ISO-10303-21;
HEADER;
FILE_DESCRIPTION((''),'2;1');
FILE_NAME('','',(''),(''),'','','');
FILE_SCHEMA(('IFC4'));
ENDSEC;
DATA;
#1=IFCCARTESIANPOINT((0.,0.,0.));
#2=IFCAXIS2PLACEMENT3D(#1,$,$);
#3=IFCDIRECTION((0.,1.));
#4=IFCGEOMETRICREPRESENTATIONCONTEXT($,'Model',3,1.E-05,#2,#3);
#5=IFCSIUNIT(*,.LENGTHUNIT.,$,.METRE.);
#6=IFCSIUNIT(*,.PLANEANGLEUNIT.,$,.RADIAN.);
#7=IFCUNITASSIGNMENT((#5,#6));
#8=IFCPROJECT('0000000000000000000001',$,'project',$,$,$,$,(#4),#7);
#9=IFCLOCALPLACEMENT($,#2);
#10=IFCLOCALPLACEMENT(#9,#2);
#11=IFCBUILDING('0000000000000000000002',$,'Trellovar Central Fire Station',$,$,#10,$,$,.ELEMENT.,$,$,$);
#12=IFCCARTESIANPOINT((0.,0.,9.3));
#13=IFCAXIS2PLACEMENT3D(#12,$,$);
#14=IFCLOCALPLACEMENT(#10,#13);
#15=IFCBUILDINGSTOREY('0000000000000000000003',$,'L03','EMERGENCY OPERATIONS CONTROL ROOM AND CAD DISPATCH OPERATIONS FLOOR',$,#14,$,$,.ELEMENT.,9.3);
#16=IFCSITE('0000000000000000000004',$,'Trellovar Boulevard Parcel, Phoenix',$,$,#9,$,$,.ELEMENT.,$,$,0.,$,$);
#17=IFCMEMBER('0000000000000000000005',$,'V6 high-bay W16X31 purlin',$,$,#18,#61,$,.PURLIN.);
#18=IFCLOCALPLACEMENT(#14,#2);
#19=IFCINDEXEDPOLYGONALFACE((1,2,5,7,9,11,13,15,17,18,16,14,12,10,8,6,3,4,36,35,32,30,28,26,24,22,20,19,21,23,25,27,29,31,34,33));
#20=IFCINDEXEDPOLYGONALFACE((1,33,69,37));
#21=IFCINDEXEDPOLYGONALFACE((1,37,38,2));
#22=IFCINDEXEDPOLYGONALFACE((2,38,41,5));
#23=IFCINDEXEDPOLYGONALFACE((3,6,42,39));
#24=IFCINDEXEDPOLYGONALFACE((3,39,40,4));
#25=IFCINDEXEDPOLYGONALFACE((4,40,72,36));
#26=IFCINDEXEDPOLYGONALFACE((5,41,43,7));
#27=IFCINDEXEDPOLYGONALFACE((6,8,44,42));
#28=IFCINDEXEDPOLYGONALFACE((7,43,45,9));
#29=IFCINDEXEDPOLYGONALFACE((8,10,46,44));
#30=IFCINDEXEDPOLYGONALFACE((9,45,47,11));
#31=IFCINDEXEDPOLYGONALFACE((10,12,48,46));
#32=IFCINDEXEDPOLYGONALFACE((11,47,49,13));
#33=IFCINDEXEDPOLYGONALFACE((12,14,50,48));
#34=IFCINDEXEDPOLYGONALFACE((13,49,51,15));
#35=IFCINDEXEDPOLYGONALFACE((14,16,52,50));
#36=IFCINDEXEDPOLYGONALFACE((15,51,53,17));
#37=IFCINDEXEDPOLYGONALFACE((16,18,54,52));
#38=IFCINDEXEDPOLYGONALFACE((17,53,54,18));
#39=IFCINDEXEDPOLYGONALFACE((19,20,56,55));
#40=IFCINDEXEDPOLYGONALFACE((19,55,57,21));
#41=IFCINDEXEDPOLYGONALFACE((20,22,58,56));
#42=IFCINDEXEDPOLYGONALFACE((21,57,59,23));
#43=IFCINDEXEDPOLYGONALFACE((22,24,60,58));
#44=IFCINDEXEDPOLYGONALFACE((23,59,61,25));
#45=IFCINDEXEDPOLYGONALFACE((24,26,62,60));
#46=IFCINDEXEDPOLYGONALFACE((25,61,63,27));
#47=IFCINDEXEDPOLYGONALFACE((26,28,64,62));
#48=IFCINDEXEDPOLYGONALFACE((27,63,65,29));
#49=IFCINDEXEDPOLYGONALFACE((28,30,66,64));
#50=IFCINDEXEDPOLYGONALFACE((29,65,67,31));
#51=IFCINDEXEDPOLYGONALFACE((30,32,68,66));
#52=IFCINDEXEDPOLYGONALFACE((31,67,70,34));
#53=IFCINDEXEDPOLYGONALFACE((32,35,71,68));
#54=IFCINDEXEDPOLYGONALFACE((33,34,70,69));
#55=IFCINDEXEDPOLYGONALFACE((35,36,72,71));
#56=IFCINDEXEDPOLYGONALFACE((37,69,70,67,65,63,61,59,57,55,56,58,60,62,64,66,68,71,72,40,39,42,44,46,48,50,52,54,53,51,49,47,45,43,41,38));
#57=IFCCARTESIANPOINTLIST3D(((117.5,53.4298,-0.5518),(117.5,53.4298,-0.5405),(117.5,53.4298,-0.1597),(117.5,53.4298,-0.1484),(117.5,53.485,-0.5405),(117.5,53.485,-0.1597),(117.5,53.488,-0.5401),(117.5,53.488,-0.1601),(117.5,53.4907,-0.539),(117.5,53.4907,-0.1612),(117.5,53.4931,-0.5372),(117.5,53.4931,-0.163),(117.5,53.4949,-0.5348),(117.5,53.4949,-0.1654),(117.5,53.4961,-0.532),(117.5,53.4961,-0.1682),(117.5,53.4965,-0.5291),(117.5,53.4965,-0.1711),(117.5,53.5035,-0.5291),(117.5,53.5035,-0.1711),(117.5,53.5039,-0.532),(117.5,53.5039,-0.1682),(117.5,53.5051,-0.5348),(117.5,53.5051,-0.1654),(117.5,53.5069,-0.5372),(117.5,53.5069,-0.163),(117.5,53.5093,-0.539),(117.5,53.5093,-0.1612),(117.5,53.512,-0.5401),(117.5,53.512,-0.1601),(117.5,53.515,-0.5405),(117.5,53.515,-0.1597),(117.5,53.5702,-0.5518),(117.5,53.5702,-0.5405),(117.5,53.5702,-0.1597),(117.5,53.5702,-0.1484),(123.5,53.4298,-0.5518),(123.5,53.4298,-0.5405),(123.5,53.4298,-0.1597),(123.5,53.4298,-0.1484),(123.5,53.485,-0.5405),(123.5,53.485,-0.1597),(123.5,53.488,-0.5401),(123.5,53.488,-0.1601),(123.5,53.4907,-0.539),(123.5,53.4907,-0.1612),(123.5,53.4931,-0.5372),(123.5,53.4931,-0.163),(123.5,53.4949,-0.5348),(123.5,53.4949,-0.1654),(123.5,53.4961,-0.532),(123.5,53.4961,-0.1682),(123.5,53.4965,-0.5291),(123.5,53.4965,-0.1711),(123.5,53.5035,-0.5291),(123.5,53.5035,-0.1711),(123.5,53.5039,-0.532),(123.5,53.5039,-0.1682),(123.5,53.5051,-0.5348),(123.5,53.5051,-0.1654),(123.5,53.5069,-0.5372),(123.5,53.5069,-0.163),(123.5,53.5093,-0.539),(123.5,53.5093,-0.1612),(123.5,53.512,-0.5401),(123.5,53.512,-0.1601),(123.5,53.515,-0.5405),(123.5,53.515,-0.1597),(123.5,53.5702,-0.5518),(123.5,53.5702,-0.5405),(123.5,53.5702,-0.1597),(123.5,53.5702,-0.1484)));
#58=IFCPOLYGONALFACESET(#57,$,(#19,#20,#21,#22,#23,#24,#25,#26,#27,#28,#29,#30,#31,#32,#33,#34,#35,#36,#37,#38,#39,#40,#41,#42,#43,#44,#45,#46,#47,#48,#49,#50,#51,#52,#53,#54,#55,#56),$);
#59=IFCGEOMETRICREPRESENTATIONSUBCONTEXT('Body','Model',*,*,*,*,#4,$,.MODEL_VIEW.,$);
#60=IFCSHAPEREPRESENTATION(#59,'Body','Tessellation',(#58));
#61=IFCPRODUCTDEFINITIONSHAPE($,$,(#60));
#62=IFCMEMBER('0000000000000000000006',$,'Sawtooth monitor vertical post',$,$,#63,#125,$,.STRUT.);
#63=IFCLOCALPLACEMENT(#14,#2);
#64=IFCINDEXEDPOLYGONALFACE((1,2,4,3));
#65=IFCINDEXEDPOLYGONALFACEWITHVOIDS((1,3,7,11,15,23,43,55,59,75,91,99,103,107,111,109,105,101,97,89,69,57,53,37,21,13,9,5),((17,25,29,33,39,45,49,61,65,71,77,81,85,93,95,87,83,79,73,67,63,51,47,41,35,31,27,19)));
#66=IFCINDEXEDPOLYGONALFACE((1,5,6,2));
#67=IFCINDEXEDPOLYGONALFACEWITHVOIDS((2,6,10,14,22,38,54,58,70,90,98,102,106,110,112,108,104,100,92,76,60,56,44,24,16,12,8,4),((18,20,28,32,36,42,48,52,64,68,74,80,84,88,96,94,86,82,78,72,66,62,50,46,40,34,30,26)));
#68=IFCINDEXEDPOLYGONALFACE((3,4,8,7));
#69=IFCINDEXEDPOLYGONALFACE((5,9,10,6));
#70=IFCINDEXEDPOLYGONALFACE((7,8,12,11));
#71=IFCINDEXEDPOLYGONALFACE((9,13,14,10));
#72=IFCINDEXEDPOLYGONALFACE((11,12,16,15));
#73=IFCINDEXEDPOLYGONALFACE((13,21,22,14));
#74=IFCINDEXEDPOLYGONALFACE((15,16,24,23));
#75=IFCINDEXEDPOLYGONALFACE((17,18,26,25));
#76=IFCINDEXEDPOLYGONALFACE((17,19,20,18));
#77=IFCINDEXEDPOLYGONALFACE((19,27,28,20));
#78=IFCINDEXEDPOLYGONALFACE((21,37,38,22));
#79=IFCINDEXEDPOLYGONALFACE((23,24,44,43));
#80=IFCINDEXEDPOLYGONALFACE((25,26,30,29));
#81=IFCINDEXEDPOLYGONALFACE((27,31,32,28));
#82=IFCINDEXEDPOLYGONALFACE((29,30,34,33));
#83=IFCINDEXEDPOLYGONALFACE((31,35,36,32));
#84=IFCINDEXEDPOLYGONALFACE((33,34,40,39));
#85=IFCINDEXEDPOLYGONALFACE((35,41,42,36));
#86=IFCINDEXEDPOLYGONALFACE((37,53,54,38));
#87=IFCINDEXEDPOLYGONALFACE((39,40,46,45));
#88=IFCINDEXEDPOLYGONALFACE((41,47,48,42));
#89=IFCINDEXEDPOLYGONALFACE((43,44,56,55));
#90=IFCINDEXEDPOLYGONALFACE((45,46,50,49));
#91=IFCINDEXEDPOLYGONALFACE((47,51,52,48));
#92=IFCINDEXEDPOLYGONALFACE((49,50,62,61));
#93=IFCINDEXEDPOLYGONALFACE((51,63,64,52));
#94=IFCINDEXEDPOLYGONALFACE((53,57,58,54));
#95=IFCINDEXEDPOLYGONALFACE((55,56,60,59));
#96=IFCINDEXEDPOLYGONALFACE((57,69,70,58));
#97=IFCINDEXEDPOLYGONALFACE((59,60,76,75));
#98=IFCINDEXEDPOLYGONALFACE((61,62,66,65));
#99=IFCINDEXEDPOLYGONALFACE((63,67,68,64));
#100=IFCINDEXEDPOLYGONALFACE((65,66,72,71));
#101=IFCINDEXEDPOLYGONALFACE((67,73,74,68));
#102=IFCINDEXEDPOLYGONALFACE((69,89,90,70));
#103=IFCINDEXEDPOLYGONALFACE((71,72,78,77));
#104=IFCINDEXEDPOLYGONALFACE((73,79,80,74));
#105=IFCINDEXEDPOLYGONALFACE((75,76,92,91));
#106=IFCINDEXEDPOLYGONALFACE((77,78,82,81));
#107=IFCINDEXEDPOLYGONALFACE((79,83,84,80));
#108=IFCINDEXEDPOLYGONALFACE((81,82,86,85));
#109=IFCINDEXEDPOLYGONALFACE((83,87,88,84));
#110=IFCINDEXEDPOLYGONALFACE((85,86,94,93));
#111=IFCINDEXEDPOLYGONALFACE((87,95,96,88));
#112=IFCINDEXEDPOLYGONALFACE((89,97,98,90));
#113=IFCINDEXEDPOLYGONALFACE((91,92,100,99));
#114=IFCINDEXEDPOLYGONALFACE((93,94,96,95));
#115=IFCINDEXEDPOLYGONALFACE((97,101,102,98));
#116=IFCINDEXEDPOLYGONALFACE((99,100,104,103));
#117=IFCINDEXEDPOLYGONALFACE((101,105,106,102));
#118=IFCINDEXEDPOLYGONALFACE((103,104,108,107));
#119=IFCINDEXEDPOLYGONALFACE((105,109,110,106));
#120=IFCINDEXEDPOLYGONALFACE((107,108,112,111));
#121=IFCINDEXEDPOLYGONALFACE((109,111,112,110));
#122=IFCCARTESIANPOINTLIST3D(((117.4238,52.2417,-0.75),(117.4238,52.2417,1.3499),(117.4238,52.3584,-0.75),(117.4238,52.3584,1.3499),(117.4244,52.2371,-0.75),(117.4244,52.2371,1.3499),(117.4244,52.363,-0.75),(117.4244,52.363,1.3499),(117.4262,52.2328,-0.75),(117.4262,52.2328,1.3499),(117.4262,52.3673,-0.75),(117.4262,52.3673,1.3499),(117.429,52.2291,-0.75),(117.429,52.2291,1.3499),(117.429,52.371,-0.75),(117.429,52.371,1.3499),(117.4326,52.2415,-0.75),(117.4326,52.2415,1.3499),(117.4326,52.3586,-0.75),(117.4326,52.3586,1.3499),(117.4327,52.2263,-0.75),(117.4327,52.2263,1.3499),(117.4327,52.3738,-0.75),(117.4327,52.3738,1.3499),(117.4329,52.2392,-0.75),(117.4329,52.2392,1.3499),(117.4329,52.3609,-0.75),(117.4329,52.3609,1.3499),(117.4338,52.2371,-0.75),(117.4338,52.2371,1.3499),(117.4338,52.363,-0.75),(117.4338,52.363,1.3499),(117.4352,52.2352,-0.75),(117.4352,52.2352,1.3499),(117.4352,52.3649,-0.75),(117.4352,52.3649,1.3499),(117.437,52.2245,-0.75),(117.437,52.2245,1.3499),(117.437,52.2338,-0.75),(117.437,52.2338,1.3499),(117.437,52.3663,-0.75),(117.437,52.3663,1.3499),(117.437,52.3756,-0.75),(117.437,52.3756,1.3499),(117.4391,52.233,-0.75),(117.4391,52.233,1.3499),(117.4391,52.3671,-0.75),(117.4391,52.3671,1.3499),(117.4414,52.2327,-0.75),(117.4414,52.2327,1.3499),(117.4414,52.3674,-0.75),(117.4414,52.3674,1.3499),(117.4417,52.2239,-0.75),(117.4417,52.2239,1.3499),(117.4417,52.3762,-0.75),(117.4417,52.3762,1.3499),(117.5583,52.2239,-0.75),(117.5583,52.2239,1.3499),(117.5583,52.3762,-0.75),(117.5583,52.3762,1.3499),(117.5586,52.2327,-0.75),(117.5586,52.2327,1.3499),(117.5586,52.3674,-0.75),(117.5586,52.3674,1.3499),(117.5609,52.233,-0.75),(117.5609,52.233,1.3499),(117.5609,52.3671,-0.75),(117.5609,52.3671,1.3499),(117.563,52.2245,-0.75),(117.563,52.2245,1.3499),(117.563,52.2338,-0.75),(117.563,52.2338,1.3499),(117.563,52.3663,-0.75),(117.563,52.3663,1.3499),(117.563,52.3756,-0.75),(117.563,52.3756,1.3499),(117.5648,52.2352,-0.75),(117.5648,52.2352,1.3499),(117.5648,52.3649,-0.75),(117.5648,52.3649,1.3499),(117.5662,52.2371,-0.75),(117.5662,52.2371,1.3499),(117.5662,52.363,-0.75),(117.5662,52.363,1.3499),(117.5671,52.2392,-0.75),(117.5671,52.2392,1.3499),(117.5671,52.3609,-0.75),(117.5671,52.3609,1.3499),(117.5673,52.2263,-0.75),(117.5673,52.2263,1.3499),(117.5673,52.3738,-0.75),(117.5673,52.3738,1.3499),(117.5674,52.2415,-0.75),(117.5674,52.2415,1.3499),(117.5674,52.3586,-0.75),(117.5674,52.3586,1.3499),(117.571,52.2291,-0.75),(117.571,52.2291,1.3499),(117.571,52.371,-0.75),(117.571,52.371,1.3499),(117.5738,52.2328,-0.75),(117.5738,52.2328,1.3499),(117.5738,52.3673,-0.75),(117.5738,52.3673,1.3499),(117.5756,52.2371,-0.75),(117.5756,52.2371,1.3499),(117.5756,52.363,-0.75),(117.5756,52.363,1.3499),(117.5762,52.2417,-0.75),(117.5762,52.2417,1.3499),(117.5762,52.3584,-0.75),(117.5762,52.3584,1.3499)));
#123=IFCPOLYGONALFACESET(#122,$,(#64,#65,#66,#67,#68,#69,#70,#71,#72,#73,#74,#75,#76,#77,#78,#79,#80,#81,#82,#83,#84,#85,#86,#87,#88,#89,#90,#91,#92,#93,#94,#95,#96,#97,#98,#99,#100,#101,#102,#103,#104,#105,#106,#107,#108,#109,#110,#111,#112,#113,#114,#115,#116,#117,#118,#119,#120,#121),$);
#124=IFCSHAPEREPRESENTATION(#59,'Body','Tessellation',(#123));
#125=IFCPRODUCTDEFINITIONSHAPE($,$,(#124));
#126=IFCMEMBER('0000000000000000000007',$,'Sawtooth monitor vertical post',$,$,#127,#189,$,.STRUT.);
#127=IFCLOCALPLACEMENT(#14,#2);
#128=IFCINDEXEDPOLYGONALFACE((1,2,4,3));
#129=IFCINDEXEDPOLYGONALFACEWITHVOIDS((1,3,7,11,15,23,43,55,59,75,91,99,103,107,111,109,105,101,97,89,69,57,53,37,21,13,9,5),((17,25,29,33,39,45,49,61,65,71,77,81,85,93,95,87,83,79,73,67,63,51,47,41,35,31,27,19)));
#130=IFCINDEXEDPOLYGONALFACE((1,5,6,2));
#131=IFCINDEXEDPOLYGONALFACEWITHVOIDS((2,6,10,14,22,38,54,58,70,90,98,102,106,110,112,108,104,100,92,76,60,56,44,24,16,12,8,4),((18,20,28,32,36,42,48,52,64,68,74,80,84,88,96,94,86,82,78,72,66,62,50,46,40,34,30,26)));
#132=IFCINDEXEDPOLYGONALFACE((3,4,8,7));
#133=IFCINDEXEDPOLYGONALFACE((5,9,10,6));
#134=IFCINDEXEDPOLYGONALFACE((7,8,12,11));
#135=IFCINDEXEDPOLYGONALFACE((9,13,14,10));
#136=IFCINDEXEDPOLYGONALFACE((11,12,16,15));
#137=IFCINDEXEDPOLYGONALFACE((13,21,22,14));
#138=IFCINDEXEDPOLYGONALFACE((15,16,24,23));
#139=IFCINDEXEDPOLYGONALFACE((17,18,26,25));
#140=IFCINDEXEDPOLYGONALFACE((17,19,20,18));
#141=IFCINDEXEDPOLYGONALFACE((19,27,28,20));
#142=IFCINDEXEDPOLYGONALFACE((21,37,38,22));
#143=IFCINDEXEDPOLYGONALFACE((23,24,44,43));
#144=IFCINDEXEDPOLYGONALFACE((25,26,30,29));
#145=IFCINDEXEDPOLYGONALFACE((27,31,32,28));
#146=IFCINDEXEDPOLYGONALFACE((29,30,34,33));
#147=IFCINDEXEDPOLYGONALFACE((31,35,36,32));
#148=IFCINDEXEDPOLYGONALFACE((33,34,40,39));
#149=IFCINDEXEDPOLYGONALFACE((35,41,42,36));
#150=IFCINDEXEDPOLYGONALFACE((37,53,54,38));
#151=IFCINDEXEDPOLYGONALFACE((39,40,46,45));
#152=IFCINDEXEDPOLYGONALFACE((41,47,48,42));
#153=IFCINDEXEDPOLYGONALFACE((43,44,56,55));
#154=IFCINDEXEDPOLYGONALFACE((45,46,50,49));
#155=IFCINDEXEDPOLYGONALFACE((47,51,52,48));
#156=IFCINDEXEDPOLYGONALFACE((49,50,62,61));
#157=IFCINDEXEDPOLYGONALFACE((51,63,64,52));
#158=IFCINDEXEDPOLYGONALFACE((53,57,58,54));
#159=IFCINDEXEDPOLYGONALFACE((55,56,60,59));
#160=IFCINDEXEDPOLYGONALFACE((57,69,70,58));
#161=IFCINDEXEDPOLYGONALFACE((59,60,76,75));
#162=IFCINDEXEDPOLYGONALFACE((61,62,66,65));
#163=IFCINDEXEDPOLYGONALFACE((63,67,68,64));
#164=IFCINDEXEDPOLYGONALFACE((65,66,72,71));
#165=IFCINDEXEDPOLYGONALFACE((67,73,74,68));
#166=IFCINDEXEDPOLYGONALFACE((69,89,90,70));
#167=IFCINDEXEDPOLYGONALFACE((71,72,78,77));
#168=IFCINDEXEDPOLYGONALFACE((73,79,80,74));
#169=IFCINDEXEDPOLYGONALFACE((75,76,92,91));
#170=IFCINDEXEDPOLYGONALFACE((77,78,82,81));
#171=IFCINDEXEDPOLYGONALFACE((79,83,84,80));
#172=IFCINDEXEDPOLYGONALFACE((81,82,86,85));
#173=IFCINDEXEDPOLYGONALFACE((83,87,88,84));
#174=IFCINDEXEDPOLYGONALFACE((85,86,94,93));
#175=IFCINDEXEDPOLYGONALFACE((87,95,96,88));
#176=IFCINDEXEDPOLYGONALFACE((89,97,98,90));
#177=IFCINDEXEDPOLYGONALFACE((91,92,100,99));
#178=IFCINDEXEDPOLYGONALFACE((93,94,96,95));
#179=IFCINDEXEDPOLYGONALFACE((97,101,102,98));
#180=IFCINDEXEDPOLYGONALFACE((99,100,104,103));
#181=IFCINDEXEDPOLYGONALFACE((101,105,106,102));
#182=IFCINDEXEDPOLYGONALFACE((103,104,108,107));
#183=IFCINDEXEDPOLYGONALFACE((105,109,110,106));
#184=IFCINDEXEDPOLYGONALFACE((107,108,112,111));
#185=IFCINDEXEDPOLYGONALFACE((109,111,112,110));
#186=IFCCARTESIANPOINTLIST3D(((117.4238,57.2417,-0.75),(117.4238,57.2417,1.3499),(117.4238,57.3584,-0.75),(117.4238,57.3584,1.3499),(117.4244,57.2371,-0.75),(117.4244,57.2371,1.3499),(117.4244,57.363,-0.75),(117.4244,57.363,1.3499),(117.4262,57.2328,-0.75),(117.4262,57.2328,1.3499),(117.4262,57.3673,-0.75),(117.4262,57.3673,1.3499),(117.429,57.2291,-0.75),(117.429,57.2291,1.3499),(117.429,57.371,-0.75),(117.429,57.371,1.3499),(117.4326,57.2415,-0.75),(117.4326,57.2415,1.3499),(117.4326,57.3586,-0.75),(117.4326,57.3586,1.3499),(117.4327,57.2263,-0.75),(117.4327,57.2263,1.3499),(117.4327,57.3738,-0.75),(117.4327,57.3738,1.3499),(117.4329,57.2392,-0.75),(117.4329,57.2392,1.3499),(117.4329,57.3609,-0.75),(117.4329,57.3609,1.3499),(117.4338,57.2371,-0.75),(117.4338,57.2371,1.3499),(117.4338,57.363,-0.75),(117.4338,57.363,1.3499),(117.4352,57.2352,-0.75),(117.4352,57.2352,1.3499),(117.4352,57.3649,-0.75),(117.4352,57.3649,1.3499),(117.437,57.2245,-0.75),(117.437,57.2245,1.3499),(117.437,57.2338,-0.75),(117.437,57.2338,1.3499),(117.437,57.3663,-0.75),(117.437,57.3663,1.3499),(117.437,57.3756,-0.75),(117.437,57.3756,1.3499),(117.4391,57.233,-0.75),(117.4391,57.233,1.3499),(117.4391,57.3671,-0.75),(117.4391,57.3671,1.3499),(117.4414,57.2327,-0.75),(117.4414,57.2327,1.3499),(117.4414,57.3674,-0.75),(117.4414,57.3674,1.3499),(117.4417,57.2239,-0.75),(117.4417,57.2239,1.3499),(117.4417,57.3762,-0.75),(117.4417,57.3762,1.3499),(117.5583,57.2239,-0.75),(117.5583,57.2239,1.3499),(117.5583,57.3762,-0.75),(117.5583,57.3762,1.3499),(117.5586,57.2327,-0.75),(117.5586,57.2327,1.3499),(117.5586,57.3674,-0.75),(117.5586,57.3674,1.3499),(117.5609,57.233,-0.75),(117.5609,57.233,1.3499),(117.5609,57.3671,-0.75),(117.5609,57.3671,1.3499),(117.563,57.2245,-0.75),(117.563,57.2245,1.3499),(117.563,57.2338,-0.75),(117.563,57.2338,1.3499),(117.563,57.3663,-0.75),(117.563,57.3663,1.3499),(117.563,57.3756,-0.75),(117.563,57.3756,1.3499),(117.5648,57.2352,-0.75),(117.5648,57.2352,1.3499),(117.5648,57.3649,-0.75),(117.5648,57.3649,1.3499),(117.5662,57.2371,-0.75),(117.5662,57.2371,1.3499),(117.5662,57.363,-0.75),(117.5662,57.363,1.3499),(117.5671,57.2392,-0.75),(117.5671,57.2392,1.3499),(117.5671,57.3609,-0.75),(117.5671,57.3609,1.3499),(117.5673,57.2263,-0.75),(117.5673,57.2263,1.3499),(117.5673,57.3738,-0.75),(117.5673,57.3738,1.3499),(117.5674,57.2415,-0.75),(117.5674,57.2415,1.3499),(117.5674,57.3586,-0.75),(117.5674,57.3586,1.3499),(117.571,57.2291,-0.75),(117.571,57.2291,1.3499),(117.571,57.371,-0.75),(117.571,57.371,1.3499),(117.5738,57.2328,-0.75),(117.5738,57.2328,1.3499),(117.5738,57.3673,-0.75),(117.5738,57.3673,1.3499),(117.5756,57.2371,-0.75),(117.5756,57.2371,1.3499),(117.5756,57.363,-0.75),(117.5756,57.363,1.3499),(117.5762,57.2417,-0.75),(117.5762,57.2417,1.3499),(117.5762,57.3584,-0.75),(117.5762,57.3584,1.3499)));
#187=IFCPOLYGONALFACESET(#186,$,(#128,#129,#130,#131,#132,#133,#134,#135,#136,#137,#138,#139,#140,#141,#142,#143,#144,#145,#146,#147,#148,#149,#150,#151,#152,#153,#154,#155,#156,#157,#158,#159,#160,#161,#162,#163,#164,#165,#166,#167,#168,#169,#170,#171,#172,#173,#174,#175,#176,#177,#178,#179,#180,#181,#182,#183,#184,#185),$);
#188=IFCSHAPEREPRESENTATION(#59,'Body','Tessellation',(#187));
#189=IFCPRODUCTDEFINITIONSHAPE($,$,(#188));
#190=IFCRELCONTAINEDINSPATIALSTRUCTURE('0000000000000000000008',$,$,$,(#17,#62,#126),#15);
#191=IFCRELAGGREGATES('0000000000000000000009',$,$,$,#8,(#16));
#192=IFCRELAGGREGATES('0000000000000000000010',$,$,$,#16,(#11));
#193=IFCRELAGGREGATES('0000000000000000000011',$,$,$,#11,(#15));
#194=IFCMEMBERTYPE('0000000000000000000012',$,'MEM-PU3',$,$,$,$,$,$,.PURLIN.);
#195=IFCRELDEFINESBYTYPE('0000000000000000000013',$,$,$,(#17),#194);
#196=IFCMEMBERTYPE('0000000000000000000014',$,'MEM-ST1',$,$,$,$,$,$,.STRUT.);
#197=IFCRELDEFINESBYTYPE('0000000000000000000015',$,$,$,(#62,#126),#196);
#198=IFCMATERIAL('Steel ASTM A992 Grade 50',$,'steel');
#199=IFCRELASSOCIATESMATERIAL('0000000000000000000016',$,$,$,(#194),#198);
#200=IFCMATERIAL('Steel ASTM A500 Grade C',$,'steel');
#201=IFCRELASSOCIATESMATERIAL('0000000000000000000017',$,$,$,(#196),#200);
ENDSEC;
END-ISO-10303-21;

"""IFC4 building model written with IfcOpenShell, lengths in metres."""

from ifc_helpers import new_model, si_unit, direction, frame, origin, origin_2d, place, context, subcontext, project, spatial, hollow_rectangle, i_section, extrude, material, material_profile, profile_set, type_object, element, save


model = new_model("IFC4")

# Units and contexts
model_context = context("Model", 3, precision=1e-05, world=origin(), true_north=direction((0.0, 1.0)))
body_context = subcontext(model_context, "Body", "Model", "MODEL_VIEW")
ifc_project = project(units=[si_unit("LENGTHUNIT", "METRE"), si_unit("PLANEANGLEUNIT", "RADIAN")], contexts=[model_context])

# Site, building, storey
site_placement = place(None, origin())
site = spatial("IfcSite", under=ifc_project, at=site_placement, Name="Trellovar Boulevard Parcel, Phoenix", CompositionType="ELEMENT", RefElevation=0.0)
building_placement = place(site_placement, origin())
building = spatial("IfcBuilding", under=site, at=building_placement, Name="Trellovar Central Fire Station", CompositionType="ELEMENT")
storey_placement = place(building_placement, frame((0.0, 0.0, 9.3)))
storey = spatial("IfcBuildingStorey", under=building, at=storey_placement, Name="L03", Description="EMERGENCY OPERATIONS CONTROL ROOM AND CAD DISPATCH OPERATIONS FLOOR", CompositionType="ELEMENT", Elevation=9.3)

# Members
ifc_material_1 = material(Name="Steel ASTM A992 Grade 50", Category="steel")
ifc_material_profile_1 = material_profile(ifc_material_1, i_section(OverallWidth=0.1404, OverallDepth=0.4033, WebThickness=0.0071, FlangeThickness=0.0112, FilletRadius=0.0115, at=origin_2d()), Name="W16X31")
ifc_profile_set_1 = profile_set([ifc_material_profile_1], Name="Steel ASTM A992 Grade 50")
member_type_1 = type_object("IfcMemberType", Name="MEM-PU3", PredefinedType="PURLIN", material=ifc_profile_set_1)
member_1_placement = place(storey_placement, frame((117.5, 53.5, -0.3501), z_axis=(1.0, 0.0, 0.0), x_axis=(0.0, 1.0, 0.0)))
element("IfcMember", 1, at=member_1_placement, inside=storey, type_object=member_type_1, Name="V6 high-bay W16X31 purlin", PredefinedType="PURLIN", context=body_context, shape_type="SweptSolid", body=[
    extrude(i_section(OverallWidth=0.1404, OverallDepth=0.4033, WebThickness=0.0071, FlangeThickness=0.0112, FilletRadius=0.0115, at=origin_2d()), origin(), (0.0, 0.0, 1.0), 6.0),
])
ifc_material_2 = material(Name="Steel ASTM A500 Grade C", Category="steel")
ifc_material_profile_2 = material_profile(ifc_material_2, hollow_rectangle(XDim=0.1523, YDim=0.1523, WallThickness=0.0088, InnerFilletRadius=0.0088, OuterFilletRadius=0.0178, at=origin_2d()), Name="HSS6X6X3/8")
ifc_profile_set_2 = profile_set([ifc_material_profile_2], Name="Steel ASTM A500 Grade C")
member_type_2 = type_object("IfcMemberType", Name="MEM-ST1", PredefinedType="STRUT", material=ifc_profile_set_2)
for number, where, z_axis, x_axis, name in (
    (2, (117.5, 52.3, -0.75), (0.0, 0.0, 1.0), (1.0, 0.0, 0.0), "Sawtooth monitor vertical post"),
    (3, (117.5, 57.3, -0.75), (0.0, 0.0, 1.0), (1.0, 0.0, 0.0), "Sawtooth monitor vertical post"),
):
    element("IfcMember", number, at=place(storey_placement, frame(where, z_axis=z_axis, x_axis=x_axis)), inside=storey, type_object=member_type_2, Name=name, PredefinedType="STRUT", context=body_context, shape_type="SweptSolid", body=[
        extrude(hollow_rectangle(XDim=0.1523, YDim=0.1523, WallThickness=0.0088, InnerFilletRadius=0.0088, OuterFilletRadius=0.0178, at=origin_2d()), origin(), (0.0, 0.0, 1.0), 2.0999),
    ])

save(model, "model.ifc")
